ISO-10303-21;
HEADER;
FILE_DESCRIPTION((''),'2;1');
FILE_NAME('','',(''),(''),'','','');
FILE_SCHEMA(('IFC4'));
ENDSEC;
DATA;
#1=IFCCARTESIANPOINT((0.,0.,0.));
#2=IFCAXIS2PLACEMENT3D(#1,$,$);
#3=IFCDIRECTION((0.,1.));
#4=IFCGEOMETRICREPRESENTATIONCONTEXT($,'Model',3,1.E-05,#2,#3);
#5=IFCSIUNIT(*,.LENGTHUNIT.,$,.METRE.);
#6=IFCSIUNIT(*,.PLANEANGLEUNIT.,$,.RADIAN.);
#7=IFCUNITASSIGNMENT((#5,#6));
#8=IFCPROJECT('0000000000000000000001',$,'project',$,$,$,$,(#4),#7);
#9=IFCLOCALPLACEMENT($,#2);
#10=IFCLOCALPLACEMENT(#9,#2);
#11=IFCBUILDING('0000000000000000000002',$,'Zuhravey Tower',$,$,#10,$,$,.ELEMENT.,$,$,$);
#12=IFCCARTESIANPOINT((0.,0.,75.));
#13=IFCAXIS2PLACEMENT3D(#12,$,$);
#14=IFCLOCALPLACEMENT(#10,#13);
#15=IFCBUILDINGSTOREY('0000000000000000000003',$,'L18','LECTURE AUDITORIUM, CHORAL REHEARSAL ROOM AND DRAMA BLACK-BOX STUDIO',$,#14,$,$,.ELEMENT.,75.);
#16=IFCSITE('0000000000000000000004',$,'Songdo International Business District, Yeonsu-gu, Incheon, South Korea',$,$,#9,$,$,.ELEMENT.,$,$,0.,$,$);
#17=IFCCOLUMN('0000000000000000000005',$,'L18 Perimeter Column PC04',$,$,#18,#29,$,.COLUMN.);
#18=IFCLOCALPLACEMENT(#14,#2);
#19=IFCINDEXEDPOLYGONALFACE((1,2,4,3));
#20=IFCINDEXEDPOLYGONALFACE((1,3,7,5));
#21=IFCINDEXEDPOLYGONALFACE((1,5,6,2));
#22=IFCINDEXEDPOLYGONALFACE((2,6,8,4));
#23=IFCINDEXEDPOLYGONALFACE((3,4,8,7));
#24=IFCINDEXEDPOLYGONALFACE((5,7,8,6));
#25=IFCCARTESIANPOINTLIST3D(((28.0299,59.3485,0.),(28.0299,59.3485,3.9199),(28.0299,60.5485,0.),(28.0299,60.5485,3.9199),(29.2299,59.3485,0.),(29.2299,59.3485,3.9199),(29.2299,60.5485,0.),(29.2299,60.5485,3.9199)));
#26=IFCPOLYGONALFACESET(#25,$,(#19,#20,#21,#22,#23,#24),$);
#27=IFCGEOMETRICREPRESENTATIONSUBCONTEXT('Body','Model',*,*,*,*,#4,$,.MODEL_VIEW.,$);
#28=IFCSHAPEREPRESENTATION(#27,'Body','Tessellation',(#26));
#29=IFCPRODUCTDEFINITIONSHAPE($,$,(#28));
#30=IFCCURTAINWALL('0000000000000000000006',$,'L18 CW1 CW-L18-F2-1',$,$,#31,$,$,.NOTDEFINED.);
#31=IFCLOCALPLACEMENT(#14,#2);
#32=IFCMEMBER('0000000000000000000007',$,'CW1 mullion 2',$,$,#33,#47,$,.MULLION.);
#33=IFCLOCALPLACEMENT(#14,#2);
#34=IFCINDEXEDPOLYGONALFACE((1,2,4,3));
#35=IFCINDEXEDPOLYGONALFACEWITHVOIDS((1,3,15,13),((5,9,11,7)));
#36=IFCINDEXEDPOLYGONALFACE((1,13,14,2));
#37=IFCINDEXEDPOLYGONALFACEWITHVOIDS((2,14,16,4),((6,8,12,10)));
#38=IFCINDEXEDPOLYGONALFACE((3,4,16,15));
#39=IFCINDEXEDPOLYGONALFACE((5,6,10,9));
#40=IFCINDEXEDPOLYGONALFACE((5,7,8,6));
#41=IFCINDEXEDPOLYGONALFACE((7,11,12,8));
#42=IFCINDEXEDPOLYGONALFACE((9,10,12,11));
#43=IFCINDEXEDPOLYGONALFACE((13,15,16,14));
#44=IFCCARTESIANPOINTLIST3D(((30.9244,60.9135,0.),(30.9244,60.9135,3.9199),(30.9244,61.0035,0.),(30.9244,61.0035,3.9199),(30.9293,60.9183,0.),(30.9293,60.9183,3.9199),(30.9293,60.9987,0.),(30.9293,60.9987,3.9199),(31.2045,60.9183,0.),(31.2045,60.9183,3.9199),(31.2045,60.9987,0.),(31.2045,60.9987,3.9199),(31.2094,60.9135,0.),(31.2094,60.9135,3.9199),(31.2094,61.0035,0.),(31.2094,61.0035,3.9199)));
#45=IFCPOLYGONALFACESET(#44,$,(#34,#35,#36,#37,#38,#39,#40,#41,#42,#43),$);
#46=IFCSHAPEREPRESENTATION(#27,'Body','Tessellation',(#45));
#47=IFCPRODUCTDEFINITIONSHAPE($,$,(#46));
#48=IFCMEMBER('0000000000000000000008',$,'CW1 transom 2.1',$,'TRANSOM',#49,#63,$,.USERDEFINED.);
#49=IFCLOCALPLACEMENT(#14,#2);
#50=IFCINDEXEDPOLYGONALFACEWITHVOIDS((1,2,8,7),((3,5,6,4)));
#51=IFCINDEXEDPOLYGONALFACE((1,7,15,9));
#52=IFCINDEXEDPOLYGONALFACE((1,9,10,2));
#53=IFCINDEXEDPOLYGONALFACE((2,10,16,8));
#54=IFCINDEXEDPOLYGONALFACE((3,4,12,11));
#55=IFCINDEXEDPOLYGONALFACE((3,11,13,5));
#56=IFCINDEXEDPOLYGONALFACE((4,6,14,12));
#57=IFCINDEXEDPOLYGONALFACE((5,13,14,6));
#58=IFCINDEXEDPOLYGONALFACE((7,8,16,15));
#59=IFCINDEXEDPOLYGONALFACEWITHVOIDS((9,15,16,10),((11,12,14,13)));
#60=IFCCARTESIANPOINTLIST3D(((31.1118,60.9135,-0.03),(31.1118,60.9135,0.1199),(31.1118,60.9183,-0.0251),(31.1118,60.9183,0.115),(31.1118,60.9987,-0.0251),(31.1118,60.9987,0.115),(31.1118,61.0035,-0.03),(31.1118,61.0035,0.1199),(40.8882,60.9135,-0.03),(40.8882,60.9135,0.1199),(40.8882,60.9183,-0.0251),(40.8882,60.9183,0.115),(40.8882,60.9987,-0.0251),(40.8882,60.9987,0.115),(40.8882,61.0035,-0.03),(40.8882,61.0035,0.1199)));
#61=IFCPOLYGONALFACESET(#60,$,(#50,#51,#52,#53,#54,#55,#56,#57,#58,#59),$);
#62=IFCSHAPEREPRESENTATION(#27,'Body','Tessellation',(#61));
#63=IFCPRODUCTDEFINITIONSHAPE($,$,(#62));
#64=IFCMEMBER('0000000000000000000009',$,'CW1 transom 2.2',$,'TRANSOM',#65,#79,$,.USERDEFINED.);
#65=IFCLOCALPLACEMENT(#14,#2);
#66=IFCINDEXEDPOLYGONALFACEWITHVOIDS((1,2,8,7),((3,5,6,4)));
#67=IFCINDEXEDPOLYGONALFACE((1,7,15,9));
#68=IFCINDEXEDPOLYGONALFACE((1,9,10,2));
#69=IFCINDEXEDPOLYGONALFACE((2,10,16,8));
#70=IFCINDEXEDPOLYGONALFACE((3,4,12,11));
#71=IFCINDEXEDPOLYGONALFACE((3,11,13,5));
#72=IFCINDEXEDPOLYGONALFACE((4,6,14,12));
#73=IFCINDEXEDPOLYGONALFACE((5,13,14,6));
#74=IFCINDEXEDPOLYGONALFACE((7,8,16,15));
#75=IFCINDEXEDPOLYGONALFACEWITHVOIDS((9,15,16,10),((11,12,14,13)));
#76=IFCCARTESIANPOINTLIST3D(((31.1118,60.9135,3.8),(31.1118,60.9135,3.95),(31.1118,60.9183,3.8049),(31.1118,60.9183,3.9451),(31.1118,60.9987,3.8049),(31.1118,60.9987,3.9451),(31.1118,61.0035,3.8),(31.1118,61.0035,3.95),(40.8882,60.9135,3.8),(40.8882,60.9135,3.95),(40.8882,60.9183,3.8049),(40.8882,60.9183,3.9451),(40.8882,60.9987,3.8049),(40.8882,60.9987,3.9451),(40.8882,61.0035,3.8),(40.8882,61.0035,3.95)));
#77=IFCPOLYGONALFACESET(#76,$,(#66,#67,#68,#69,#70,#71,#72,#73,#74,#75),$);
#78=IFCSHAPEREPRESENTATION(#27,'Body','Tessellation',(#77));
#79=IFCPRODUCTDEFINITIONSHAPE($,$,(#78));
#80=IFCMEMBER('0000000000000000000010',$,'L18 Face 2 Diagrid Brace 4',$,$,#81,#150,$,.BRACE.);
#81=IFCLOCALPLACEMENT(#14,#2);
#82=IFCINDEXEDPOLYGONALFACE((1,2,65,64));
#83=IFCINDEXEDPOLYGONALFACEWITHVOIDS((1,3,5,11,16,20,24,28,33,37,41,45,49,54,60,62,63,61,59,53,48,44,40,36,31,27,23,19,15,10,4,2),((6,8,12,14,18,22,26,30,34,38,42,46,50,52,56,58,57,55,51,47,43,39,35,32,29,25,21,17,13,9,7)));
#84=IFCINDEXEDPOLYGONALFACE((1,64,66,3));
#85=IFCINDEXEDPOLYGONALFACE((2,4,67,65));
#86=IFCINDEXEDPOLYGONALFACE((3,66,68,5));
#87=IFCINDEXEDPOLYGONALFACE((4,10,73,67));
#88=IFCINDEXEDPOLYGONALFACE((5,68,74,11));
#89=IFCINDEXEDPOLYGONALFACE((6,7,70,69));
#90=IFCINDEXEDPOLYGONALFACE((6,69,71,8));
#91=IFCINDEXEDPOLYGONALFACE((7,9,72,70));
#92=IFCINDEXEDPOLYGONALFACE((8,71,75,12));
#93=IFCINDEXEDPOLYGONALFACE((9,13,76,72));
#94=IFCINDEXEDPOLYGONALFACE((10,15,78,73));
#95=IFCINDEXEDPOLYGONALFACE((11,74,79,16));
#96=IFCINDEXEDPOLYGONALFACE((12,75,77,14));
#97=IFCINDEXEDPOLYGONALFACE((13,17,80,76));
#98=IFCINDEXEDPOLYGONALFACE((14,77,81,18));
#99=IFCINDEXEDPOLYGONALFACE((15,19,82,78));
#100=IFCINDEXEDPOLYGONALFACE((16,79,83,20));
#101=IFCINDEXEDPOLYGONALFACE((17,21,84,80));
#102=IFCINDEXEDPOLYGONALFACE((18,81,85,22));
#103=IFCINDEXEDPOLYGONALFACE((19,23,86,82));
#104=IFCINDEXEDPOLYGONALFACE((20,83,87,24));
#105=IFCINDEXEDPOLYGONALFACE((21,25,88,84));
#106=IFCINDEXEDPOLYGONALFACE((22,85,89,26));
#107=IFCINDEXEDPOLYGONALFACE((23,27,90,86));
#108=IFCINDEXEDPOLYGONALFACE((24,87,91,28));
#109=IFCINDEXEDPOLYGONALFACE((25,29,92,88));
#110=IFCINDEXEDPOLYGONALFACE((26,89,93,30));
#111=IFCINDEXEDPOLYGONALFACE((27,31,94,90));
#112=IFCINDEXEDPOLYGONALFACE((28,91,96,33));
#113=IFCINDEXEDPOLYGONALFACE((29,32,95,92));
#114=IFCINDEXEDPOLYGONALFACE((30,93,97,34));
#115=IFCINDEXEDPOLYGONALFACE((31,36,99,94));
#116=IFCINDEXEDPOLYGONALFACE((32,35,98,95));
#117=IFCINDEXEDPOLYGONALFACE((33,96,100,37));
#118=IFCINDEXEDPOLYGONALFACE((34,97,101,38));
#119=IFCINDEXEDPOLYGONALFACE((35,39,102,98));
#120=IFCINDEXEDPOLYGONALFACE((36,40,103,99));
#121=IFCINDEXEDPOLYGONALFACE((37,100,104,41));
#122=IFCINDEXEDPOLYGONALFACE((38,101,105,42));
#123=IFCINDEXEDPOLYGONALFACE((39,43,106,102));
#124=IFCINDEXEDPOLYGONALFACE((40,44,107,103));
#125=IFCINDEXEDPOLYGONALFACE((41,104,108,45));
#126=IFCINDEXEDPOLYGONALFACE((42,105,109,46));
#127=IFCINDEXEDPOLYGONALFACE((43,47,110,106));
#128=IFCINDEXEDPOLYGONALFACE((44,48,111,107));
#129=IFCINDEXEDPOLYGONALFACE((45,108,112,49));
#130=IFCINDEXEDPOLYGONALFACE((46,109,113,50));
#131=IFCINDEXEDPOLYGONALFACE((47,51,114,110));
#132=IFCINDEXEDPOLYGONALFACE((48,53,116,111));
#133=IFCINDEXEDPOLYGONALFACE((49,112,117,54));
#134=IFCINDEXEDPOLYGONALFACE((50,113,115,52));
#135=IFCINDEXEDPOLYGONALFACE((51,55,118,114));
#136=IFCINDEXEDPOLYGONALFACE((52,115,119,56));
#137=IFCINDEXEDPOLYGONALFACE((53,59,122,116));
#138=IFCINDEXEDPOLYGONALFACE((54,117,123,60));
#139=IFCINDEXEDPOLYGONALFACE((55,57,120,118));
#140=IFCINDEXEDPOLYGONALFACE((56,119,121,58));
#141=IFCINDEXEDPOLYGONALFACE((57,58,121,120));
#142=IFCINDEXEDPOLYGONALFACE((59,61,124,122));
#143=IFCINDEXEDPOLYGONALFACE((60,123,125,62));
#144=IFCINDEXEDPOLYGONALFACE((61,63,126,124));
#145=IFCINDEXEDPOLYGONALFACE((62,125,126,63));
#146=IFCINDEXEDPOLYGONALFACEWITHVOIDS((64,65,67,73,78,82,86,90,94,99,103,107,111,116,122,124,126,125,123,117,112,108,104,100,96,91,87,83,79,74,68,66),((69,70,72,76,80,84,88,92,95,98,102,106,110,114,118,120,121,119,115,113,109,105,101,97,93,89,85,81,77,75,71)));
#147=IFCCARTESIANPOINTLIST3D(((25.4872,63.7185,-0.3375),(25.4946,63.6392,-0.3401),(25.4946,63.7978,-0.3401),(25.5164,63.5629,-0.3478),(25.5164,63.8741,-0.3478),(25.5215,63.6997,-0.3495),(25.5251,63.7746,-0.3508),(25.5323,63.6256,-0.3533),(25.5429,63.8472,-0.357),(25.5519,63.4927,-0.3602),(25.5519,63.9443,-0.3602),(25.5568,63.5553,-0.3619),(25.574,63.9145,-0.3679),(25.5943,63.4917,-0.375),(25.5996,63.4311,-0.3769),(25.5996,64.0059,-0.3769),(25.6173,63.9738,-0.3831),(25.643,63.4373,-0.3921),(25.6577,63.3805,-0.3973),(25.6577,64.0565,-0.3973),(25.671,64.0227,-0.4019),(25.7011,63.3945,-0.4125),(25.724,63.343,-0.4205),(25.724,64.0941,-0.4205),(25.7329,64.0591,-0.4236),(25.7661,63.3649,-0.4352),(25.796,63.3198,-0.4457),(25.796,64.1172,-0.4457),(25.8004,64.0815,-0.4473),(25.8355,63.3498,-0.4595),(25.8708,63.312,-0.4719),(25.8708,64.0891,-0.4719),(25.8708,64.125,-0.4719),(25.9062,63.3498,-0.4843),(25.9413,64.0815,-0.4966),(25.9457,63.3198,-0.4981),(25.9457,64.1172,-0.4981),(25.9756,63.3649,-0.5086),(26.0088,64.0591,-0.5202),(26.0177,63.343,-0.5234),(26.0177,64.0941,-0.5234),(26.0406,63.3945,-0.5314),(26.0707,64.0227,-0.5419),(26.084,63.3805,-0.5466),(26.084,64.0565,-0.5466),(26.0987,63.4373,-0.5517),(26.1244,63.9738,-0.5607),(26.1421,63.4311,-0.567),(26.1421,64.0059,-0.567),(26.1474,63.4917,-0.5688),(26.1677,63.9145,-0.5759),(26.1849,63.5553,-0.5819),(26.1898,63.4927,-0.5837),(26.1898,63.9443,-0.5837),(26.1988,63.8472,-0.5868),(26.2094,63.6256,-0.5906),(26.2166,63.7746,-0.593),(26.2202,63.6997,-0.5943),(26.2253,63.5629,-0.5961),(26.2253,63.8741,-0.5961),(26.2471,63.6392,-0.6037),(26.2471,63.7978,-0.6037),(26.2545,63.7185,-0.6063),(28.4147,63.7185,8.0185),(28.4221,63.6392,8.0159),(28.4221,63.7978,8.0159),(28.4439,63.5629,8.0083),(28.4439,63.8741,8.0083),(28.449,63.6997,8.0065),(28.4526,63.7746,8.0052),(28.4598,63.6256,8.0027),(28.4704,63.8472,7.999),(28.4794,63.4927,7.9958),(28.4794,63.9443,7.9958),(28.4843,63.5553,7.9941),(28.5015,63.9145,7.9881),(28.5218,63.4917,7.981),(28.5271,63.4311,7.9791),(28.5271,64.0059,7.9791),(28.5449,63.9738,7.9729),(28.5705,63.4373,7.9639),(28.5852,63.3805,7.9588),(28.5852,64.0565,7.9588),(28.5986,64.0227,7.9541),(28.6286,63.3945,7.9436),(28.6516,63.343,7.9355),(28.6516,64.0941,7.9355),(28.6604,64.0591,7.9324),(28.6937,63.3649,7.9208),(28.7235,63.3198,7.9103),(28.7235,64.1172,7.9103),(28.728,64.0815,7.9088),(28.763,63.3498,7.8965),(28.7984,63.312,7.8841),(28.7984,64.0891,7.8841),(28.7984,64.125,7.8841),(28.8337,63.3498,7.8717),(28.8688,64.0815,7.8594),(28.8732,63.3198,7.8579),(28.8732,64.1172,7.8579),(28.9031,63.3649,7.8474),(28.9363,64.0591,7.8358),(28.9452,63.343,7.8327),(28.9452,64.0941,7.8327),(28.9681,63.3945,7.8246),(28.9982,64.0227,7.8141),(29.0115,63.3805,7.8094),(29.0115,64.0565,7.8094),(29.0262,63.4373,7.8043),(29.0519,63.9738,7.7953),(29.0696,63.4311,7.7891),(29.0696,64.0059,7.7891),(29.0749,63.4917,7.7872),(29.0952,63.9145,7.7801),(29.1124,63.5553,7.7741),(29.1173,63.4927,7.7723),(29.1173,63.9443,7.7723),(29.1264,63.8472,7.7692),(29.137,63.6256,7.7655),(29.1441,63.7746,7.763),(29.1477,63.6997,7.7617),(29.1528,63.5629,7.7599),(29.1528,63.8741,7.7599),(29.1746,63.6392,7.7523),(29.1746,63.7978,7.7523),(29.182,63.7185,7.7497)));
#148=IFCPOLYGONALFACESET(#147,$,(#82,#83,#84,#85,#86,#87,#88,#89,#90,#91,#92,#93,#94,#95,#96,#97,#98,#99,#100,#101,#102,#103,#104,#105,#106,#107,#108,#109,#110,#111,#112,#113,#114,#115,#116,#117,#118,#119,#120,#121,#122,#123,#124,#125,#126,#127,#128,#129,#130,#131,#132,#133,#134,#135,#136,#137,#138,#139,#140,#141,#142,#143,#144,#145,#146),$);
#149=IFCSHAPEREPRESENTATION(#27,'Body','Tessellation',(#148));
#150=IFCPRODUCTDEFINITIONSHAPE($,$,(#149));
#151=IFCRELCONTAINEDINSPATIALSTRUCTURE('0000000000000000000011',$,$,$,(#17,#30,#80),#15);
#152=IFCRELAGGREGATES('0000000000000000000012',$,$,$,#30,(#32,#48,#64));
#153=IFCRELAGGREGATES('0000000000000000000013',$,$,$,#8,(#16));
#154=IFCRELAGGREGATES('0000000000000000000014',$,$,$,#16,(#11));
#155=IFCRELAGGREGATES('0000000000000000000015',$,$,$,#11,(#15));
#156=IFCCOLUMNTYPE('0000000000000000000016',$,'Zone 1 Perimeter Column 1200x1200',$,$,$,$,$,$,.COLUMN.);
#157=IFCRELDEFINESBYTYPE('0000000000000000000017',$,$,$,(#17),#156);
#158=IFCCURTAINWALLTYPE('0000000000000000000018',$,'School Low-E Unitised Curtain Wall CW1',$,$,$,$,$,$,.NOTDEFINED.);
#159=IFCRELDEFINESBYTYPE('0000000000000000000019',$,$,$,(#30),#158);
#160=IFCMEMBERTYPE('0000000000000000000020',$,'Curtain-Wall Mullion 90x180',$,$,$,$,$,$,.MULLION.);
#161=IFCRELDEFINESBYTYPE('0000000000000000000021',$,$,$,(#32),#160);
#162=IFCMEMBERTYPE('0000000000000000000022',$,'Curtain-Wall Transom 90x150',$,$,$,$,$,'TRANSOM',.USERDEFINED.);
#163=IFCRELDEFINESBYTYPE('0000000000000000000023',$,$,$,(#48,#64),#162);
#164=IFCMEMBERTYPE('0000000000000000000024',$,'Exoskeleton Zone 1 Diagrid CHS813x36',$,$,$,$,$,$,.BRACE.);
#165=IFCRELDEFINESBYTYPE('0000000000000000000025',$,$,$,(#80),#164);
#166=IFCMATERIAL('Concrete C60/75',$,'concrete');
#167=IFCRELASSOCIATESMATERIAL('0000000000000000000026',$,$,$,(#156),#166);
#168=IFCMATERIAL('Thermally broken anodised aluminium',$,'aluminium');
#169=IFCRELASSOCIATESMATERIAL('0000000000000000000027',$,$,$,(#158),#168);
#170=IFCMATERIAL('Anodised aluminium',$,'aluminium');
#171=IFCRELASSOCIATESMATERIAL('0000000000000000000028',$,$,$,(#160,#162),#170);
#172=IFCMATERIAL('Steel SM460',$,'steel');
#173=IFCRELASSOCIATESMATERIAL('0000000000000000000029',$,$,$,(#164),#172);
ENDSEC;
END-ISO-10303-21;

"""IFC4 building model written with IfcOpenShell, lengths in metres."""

from ifc_helpers import new_model, si_unit, direction, frame, origin, origin_2d, place, context, subcontext, project, spatial, rectangle, hollow_rectangle, hollow_circle, extrude, material, material_profile, profile_set, type_object, element, aggregate, save


model = new_model("IFC4")

# Units and contexts
model_context = context("Model", 3, precision=1e-05, world=origin(), true_north=direction((0.0, 1.0)))
body_context = subcontext(model_context, "Body", "Model", "MODEL_VIEW")
ifc_project = project(units=[si_unit("LENGTHUNIT", "METRE"), si_unit("PLANEANGLEUNIT", "RADIAN")], contexts=[model_context])

# Site, building, storey
site_placement = place(None, origin())
site = spatial("IfcSite", under=ifc_project, at=site_placement, Name="Songdo International Business District, Yeonsu-gu, Incheon, South Korea", CompositionType="ELEMENT", RefElevation=0.0)
building_placement = place(site_placement, origin())
building = spatial("IfcBuilding", under=site, at=building_placement, Name="Zuhravey Tower", CompositionType="ELEMENT")
storey_placement = place(building_placement, frame((0.0, 0.0, 75.0)))
storey = spatial("IfcBuildingStorey", under=building, at=storey_placement, Name="L18", Description="LECTURE AUDITORIUM, CHORAL REHEARSAL ROOM AND DRAMA BLACK-BOX STUDIO", CompositionType="ELEMENT", Elevation=75.0)

# Column
ifc_material_1 = material(Name="Concrete C60/75", Category="concrete")
ifc_material_profile_1 = material_profile(ifc_material_1, rectangle(XDim=1.2, YDim=1.2, at=origin_2d()), Name="RC-1200x1200")
ifc_profile_set_1 = profile_set([ifc_material_profile_1], Name="Concrete C60/75")
column_type = type_object("IfcColumnType", Name="Zone 1 Perimeter Column 1200x1200", PredefinedType="COLUMN", material=ifc_profile_set_1)
column_placement = place(storey_placement, frame((28.6299, 59.9485, 0.0), z_axis=(0.0, 0.0, 1.0), x_axis=(-1.0, 0.0, 0.0)))
element("IfcColumn", 1, at=column_placement, inside=storey, type_object=column_type, Name="L18 Perimeter Column PC04", PredefinedType="COLUMN", context=body_context, shape_type="SweptSolid", body=[
    extrude(rectangle(XDim=1.2, YDim=1.2, at=origin_2d()), origin(), (0.0, 0.0, 1.0), 3.9199),
])

# Curtain wall, members
ifc_material_2 = material(Name="Thermally broken anodised aluminium", Category="aluminium")
curtain_wall_type = type_object("IfcCurtainWallType", Name="School Low-E Unitised Curtain Wall CW1", PredefinedType="NOTDEFINED", material=ifc_material_2)
curtain_wall_placement = place(storey_placement, origin())
curtain_wall = element("IfcCurtainWall", 2, at=curtain_wall_placement, inside=storey, type_object=curtain_wall_type, Name="L18 CW1 CW-L18-F2-1", PredefinedType="NOTDEFINED")
ifc_material_3 = material(Name="Anodised aluminium", Category="aluminium")
ifc_material_profile_2 = material_profile(ifc_material_3, hollow_rectangle(XDim=0.0901, YDim=0.2849, WallThickness=0.0049, at=origin_2d()), Name="ALU-RHS-90x285x5")
ifc_profile_set_2 = profile_set([ifc_material_profile_2], Name="Anodised aluminium")
member_type_1 = type_object("IfcMemberType", Name="Curtain-Wall Mullion 90x180", PredefinedType="MULLION", material=ifc_profile_set_2)
member_1_placement = place(storey_placement, frame((31.0669, 60.9585, 0.0), z_axis=(0.0, 0.0, 1.0), x_axis=(0.0, 1.0, 0.0)))
member_1 = element("IfcMember", 3, at=member_1_placement, type_object=member_type_1, Name="CW1 mullion 2", PredefinedType="MULLION", context=body_context, shape_type="SweptSolid", body=[
    extrude(hollow_rectangle(XDim=0.0901, YDim=0.2849, WallThickness=0.0049, at=origin_2d()), origin(), (0.0, 0.0, 1.0), 3.9199),
])
ifc_material_profile_3 = material_profile(ifc_material_3, hollow_rectangle(XDim=0.0901, YDim=0.1499, WallThickness=0.0049, at=origin_2d()), Name="ALU-RHS-90x150x5")
ifc_profile_set_3 = profile_set([ifc_material_profile_3], Name="Anodised aluminium")
member_type_2 = type_object("IfcMemberType", Name="Curtain-Wall Transom 90x150", ElementType="TRANSOM", PredefinedType="USERDEFINED", material=ifc_profile_set_3)
member_2_placement = place(storey_placement, frame((31.1118, 60.9585, 0.0449), z_axis=(1.0, 0.0, 0.0), x_axis=(0.0, 1.0, 0.0)))
member_2 = element("IfcMember", 4, at=member_2_placement, type_object=member_type_2, Name="CW1 transom 2.1", ObjectType="TRANSOM", PredefinedType="USERDEFINED", context=body_context, shape_type="SweptSolid", body=[
    extrude(hollow_rectangle(XDim=0.0901, YDim=0.1499, WallThickness=0.0049, at=origin_2d()), origin(), (0.0, 0.0, 1.0), 9.7764),
])
member_3_placement = place(storey_placement, frame((31.1118, 60.9585, 3.875), z_axis=(1.0, 0.0, 0.0), x_axis=(0.0, 1.0, 0.0)))
member_3 = element("IfcMember", 5, at=member_3_placement, type_object=member_type_2, Name="CW1 transom 2.2", ObjectType="TRANSOM", PredefinedType="USERDEFINED", context=body_context, shape_type="SweptSolid", body=[
    extrude(hollow_rectangle(XDim=0.0901, YDim=0.1499, WallThickness=0.0049, at=origin_2d()), origin(), (0.0, 0.0, 1.0), 9.7764),
])

# Member
ifc_material_4 = material(Name="Steel SM460", Category="steel")
ifc_material_profile_4 = material_profile(ifc_material_4, hollow_circle(Radius=0.4065, WallThickness=0.0359, at=origin_2d()), Name="CHS-812.8x36")
ifc_profile_set_4 = profile_set([ifc_material_profile_4], Name="Steel SM460")
member_type_3 = type_object("IfcMemberType", Name="Exoskeleton Zone 1 Diagrid CHS813x36", PredefinedType="BRACE", material=ifc_profile_set_4)
member_4_placement = place(storey_placement, frame((25.8708, 63.7185, -0.4719), z_axis=(0.330643, 0.0, 0.943756), x_axis=(0.0, 1.0, 0.0)))
element("IfcMember", 6, at=member_4_placement, inside=storey, type_object=member_type_3, Name="L18 Face 2 Diagrid Brace 4", PredefinedType="BRACE", context=body_context, shape_type="SweptSolid", body=[
    extrude(hollow_circle(Radius=0.4065, WallThickness=0.0359, at=origin_2d()), origin(), (0.0, 0.0, 1.0), 8.854),
])

aggregate(curtain_wall, [member_1, member_2, member_3])

save(model, "model.ifc")
